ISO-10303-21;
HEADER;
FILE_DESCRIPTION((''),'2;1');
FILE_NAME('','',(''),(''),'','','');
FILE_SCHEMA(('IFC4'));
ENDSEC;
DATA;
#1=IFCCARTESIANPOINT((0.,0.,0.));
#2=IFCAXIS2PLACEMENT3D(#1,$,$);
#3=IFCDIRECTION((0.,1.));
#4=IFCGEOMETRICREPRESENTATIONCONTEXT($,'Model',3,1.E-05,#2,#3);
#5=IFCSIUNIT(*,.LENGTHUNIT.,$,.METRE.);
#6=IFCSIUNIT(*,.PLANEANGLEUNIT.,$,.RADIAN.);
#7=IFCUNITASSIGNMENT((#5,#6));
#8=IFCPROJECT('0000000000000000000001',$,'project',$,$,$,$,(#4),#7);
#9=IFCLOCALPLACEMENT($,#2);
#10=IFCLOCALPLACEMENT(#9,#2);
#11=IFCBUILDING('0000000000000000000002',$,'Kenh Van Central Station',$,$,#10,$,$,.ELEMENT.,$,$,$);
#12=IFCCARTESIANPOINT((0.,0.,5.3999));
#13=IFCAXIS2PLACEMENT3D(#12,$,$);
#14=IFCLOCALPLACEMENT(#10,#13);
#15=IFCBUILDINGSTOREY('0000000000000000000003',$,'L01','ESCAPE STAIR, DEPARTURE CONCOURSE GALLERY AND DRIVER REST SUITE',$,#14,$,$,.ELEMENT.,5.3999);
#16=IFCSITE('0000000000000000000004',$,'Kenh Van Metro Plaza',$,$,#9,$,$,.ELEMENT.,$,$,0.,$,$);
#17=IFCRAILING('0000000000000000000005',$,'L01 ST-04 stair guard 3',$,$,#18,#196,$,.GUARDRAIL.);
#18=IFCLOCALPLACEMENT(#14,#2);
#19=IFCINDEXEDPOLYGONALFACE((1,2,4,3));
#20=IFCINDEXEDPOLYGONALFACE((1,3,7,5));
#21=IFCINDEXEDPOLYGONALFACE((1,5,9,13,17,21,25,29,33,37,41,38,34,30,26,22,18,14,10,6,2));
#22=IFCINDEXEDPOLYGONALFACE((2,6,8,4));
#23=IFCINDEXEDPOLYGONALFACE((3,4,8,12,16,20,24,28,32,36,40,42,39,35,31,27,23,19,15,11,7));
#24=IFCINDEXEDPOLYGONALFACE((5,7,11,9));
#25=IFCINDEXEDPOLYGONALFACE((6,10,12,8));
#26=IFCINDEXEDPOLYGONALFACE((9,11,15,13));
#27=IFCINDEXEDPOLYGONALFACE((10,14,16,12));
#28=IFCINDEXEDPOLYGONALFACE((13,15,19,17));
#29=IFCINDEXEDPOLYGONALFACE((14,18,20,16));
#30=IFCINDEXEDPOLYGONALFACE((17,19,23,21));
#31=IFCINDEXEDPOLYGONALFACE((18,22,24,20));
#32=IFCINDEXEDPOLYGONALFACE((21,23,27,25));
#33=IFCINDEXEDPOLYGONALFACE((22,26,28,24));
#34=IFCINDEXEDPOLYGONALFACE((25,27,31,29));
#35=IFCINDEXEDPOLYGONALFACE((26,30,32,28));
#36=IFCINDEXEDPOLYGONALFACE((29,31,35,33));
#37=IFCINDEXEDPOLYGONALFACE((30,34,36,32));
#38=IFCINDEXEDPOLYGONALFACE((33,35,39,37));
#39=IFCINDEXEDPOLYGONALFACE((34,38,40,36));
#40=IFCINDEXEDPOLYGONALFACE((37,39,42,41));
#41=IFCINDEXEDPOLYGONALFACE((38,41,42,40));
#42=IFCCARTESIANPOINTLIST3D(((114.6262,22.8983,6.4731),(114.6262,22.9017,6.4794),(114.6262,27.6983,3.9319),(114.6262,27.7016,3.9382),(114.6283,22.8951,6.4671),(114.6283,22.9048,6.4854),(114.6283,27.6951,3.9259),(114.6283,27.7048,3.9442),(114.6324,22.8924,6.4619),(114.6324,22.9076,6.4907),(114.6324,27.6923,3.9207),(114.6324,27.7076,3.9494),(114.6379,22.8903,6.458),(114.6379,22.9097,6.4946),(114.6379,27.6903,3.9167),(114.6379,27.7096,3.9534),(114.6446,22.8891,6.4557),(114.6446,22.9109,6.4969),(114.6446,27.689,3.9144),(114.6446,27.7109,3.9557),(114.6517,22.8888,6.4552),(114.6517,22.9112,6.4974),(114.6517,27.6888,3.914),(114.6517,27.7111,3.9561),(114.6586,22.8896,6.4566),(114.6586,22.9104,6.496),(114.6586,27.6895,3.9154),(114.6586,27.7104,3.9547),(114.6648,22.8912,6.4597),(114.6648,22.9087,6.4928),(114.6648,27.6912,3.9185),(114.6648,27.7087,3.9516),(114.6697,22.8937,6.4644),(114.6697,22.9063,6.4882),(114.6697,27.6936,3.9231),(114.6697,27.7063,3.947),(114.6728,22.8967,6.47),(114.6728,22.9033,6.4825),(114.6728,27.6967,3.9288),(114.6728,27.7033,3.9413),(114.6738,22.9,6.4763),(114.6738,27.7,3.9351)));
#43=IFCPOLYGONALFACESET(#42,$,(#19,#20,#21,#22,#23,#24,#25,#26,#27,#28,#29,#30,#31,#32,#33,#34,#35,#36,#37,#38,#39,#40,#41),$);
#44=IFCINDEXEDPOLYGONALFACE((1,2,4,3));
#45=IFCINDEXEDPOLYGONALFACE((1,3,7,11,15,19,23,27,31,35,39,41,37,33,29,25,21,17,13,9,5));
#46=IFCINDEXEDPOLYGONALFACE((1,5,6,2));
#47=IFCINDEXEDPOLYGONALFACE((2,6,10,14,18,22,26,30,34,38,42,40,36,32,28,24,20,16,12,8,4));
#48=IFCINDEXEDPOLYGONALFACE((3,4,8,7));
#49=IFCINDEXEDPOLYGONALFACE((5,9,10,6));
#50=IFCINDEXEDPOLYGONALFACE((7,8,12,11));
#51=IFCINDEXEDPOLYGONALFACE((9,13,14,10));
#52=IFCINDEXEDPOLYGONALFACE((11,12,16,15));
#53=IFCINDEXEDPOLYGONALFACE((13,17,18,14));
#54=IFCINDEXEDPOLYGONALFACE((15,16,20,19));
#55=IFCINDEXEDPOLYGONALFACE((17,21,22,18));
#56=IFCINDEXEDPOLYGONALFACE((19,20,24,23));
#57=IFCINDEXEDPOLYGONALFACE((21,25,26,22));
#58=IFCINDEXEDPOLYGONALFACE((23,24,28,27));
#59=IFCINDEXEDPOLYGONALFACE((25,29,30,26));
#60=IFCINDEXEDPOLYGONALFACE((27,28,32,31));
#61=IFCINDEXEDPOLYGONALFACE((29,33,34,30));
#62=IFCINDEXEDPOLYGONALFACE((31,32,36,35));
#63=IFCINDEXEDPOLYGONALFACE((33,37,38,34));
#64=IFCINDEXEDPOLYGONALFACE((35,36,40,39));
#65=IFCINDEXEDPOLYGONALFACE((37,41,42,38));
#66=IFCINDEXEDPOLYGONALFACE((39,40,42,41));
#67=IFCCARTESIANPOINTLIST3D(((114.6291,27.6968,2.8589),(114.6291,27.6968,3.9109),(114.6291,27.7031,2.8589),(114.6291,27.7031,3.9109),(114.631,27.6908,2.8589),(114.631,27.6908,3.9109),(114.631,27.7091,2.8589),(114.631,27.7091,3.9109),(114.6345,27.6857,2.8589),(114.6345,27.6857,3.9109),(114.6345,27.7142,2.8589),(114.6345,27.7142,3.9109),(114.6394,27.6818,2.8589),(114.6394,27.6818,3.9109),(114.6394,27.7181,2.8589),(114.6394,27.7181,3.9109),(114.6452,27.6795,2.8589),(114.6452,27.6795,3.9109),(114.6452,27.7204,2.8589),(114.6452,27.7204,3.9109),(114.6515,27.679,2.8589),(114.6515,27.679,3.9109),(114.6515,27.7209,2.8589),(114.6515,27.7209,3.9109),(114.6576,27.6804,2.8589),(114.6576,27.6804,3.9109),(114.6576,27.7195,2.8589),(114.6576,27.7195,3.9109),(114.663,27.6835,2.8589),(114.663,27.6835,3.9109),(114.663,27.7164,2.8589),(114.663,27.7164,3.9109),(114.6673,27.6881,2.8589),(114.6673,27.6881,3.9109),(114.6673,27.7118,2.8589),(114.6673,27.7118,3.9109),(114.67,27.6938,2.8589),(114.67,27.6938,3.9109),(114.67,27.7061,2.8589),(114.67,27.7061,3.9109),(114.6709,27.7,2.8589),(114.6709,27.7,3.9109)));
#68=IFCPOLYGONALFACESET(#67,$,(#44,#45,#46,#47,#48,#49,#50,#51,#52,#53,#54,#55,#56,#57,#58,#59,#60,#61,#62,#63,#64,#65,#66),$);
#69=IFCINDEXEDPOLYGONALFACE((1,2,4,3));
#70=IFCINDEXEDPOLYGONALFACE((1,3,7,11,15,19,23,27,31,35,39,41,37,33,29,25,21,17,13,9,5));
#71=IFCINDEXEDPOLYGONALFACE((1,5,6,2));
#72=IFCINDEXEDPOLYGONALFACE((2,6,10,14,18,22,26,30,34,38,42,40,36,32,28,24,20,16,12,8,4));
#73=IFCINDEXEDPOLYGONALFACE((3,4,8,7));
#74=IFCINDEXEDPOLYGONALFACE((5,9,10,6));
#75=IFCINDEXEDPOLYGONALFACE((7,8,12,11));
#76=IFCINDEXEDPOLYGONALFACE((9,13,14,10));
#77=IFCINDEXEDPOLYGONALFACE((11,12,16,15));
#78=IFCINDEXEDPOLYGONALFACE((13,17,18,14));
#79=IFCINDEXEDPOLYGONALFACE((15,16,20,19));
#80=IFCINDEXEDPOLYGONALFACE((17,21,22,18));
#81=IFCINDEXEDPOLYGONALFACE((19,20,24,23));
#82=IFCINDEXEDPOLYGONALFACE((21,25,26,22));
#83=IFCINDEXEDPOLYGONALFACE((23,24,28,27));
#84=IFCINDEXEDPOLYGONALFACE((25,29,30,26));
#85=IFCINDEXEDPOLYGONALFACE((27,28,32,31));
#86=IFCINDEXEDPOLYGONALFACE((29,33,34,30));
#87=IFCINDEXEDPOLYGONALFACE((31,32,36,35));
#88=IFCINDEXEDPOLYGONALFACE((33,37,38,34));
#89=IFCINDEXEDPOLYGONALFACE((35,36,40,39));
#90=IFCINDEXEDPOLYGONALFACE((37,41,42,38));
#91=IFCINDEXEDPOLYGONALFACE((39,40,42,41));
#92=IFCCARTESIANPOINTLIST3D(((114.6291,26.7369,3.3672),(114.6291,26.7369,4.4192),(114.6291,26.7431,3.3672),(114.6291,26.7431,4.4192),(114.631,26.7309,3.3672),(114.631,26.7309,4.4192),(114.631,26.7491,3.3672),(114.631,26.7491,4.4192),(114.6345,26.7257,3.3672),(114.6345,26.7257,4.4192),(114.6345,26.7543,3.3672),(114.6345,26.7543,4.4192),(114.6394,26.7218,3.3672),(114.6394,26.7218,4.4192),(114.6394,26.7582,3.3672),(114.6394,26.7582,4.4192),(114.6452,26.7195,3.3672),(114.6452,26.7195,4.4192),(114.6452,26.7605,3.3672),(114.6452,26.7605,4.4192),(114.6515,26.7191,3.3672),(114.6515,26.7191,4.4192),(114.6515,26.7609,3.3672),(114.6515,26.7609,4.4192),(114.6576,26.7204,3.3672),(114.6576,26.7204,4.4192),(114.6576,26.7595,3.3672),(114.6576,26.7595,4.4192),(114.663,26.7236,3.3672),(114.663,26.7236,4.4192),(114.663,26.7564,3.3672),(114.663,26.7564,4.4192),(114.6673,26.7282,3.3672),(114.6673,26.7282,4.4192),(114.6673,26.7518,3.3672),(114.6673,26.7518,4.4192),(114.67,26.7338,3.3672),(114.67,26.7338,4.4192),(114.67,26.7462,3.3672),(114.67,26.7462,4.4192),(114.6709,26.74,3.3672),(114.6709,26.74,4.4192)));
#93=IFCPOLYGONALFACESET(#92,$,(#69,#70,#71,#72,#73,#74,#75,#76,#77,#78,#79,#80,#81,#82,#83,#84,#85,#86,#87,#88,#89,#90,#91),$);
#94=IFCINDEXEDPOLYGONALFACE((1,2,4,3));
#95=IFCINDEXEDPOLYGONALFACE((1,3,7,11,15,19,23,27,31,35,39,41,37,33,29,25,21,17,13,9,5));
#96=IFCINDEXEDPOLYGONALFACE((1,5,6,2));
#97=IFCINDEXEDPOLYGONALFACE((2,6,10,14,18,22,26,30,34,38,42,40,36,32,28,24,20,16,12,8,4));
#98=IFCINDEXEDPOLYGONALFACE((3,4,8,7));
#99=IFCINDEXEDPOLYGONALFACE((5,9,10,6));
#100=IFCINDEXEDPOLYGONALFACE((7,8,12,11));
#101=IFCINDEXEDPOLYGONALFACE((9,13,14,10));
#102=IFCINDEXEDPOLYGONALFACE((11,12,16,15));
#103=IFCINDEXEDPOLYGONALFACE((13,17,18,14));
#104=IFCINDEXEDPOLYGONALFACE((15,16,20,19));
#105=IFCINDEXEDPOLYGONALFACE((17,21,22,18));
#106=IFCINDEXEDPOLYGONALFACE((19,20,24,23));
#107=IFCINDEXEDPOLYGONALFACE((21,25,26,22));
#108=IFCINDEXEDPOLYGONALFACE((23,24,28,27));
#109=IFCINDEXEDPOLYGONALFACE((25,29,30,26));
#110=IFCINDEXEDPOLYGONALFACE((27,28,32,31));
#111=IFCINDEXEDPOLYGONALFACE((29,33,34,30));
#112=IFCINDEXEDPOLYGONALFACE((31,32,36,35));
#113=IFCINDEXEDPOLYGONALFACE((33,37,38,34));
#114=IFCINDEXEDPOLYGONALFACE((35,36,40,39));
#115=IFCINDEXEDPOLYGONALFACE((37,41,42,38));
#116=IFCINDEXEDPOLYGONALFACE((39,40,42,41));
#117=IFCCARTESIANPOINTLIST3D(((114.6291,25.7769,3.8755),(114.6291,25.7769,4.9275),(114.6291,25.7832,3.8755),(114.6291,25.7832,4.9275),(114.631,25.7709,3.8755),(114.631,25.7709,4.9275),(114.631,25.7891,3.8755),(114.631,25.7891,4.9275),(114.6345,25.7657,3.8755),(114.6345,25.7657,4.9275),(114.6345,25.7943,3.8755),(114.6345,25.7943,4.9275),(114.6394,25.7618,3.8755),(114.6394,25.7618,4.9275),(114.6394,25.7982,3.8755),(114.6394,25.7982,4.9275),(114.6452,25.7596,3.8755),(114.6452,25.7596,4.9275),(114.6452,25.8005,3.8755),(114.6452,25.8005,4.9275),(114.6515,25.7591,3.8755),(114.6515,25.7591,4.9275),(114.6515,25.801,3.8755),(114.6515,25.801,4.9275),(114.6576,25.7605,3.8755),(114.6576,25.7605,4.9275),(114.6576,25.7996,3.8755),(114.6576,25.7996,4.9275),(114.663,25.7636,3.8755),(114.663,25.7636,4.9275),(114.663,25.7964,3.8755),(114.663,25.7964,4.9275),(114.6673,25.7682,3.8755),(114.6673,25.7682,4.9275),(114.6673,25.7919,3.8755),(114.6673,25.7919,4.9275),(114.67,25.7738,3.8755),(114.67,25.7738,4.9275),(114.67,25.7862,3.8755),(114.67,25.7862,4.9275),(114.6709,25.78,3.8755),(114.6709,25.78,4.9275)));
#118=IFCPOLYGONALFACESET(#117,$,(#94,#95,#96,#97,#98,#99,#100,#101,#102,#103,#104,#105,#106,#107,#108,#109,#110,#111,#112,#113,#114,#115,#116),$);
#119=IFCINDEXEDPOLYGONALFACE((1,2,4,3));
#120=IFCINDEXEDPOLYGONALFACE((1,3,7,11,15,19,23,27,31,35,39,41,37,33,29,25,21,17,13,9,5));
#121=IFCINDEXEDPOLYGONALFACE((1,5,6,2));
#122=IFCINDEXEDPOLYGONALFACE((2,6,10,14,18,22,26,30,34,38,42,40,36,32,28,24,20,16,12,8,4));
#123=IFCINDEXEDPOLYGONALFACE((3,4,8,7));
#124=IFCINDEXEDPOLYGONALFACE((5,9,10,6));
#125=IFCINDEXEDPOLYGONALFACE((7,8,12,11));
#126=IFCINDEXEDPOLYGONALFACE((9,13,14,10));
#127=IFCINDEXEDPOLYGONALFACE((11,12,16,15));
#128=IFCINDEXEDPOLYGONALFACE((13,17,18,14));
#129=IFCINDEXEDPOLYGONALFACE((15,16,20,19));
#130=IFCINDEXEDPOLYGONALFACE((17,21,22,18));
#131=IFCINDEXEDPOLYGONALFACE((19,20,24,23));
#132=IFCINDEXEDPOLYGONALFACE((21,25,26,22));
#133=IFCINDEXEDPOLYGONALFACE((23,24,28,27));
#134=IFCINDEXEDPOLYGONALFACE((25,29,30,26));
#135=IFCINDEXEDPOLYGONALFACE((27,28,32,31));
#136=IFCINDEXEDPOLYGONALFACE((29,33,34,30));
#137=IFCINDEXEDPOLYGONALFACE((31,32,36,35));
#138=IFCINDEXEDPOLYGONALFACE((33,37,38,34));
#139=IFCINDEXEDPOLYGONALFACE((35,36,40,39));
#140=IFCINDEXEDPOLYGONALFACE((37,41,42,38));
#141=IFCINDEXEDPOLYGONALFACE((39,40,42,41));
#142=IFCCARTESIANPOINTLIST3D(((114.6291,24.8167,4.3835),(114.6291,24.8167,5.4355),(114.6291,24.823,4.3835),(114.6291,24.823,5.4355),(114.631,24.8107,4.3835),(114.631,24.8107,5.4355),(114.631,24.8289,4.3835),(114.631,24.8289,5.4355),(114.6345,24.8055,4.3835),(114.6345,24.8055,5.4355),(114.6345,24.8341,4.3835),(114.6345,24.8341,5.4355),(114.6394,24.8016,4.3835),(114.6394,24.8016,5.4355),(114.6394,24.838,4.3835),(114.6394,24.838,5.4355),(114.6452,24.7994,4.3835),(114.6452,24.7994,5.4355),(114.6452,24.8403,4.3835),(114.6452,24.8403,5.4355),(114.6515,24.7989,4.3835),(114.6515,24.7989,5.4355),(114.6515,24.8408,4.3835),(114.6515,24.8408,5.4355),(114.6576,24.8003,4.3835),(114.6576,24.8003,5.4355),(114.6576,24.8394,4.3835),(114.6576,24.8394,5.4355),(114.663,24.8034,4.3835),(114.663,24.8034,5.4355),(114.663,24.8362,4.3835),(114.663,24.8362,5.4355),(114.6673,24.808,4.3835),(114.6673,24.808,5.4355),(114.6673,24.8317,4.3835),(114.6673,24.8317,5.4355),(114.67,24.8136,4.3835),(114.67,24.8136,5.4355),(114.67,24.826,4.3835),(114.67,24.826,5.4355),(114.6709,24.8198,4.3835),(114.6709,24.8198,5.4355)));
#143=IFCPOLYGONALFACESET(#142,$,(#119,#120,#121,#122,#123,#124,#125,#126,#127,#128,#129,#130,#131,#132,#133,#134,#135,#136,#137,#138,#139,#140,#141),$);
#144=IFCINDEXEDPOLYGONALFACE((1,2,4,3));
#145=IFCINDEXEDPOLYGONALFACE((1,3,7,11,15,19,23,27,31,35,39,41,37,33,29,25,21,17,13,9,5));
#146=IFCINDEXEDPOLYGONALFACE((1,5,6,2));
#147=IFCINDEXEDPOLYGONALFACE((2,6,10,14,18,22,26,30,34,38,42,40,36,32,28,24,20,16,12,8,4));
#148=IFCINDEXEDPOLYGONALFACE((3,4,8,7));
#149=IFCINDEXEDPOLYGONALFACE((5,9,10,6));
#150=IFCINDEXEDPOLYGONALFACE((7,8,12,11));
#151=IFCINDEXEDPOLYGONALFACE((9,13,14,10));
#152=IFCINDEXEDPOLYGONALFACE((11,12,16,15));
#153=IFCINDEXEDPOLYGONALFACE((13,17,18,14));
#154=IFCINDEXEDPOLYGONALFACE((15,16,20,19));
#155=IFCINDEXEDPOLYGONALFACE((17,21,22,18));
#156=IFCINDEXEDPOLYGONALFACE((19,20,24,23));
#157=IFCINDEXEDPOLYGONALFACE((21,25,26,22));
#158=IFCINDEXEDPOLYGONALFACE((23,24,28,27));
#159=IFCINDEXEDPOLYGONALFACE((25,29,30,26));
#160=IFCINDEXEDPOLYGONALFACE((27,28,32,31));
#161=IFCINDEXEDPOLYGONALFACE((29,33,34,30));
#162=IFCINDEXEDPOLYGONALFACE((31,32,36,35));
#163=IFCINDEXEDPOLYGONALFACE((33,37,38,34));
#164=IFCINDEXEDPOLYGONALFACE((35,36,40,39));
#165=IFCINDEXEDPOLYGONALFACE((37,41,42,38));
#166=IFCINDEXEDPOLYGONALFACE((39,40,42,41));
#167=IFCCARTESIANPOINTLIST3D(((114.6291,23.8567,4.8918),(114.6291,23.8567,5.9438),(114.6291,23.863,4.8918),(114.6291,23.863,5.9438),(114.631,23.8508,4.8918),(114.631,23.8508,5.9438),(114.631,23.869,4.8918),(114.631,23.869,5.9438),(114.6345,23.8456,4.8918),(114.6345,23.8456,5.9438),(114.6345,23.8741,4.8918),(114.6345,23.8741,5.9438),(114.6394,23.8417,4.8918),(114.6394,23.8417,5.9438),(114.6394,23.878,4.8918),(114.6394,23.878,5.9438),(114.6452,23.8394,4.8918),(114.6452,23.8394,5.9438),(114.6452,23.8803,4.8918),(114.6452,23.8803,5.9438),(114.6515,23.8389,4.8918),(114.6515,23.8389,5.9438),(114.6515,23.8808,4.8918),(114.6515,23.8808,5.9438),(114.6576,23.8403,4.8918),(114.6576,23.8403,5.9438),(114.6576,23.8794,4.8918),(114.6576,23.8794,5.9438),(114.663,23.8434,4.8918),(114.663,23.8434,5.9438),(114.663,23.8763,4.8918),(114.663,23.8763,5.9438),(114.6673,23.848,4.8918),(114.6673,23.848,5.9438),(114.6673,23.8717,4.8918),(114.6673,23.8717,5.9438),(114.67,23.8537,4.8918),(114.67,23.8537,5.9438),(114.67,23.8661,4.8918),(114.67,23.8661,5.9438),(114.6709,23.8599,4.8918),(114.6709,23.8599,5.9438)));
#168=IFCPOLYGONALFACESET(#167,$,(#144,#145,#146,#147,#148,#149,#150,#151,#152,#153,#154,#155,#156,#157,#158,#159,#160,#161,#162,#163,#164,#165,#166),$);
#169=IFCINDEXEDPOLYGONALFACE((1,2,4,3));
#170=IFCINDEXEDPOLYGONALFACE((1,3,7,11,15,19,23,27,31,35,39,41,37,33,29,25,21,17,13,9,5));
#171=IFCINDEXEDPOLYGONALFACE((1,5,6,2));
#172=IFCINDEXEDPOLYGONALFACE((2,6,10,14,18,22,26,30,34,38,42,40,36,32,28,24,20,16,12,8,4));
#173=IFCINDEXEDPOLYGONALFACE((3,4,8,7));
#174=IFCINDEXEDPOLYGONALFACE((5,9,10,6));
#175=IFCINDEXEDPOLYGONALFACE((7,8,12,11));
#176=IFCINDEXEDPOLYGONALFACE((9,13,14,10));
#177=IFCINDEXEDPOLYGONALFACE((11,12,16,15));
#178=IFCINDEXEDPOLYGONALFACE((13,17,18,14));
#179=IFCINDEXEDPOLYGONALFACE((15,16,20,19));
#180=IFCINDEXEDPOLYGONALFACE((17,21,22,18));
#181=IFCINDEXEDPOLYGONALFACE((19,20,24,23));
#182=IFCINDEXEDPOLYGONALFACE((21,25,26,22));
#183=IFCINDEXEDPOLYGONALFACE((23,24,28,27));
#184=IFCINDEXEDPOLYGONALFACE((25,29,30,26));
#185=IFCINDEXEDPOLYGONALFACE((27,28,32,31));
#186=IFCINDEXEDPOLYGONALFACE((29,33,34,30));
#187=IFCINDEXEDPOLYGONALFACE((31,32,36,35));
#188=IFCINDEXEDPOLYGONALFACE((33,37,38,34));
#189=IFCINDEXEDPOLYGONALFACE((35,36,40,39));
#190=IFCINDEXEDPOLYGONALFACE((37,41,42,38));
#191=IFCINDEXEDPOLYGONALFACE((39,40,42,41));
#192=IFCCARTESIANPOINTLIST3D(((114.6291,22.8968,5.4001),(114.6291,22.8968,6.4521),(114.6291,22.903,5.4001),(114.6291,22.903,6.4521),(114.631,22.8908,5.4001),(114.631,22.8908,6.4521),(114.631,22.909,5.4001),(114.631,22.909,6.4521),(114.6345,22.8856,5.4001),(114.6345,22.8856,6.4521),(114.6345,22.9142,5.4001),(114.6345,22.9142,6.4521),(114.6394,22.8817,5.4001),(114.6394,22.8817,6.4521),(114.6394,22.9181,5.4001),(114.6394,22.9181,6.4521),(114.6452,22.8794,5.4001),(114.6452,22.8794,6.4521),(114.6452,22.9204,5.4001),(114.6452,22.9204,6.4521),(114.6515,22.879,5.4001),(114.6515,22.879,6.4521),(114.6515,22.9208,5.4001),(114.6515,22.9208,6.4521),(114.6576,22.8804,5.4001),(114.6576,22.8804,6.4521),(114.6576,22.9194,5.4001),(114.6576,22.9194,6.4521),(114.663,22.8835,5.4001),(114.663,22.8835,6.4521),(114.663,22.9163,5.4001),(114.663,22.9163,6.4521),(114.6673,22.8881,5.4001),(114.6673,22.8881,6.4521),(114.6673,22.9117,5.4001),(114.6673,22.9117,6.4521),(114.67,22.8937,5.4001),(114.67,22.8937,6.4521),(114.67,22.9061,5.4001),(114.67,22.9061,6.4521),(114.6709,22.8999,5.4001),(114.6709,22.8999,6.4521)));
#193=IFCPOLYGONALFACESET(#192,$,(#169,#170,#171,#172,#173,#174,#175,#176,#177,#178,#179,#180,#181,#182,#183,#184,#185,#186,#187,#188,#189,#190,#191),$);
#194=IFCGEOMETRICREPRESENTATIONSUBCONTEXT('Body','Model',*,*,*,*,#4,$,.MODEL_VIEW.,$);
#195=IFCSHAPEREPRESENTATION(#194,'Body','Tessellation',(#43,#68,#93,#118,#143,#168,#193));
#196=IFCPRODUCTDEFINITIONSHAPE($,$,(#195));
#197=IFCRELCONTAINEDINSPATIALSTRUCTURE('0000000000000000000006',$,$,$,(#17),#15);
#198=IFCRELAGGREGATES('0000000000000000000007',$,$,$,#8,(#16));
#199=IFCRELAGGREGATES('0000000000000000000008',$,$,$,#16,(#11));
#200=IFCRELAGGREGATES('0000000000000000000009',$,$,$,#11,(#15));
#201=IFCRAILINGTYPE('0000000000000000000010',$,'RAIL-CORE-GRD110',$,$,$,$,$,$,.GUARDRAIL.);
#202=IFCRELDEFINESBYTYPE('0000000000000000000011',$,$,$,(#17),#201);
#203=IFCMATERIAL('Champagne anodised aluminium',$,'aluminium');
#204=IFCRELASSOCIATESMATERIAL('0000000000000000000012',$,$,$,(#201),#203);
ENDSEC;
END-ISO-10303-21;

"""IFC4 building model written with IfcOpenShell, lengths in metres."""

from ifc_helpers import new_model, si_unit, direction, frame, origin, origin_2d, place, context, subcontext, project, spatial, circle, extrude, material, type_object, element, save


model = new_model("IFC4")

# Units and contexts
model_context = context("Model", 3, precision=1e-05, world=origin(), true_north=direction((0.0, 1.0)))
body_context = subcontext(model_context, "Body", "Model", "MODEL_VIEW")
ifc_project = project(units=[si_unit("LENGTHUNIT", "METRE"), si_unit("PLANEANGLEUNIT", "RADIAN")], contexts=[model_context])

# Site, building, storey
site_placement = place(None, origin())
site = spatial("IfcSite", under=ifc_project, at=site_placement, Name="Kenh Van Metro Plaza", CompositionType="ELEMENT", RefElevation=0.0)
building_placement = place(site_placement, origin())
building = spatial("IfcBuilding", under=site, at=building_placement, Name="Kenh Van Central Station", CompositionType="ELEMENT")
storey_placement = place(building_placement, frame((0.0, 0.0, 5.3999)))
storey = spatial("IfcBuildingStorey", under=building, at=storey_placement, Name="L01", Description="ESCAPE STAIR, DEPARTURE CONCOURSE GALLERY AND DRIVER REST SUITE", CompositionType="ELEMENT", Elevation=5.3999)

# Shared definitions
ifc_material_1 = material(Name="Champagne anodised aluminium", Category="aluminium")

# Railing
railing_type_1 = type_object("IfcRailingType", Name="RAIL-CORE-GRD110", PredefinedType="GUARDRAIL", material=ifc_material_1)
railing_1_placement = place(storey_placement, frame((114.6499, 27.7, 2.8589)))
element("IfcRailing", 1, at=railing_1_placement, inside=storey, type_object=railing_type_1, Name="L01 ST-04 stair guard 3", PredefinedType="GUARDRAIL", context=body_context, shape_type="SweptSolid", body=[
    extrude(circle(Radius=0.0239, at=origin_2d()), frame((0.0, 0.0, 1.0762), z_axis=(0.0, -0.883784, 0.467896), x_axis=(1.0, 0.0, 0.0)), (0.0, 0.0, 1.0), 5.4312),
    extrude(circle(Radius=0.021, at=origin_2d()), origin(), (0.0, 0.0, 1.0), 1.052),
    extrude(circle(Radius=0.021, at=origin_2d()), frame((0.0, -0.96, 0.5083)), (0.0, 0.0, 1.0), 1.052),
    extrude(circle(Radius=0.021, at=origin_2d()), frame((0.0, -1.9199, 1.0166)), (0.0, 0.0, 1.0), 1.052),
    extrude(circle(Radius=0.021, at=origin_2d()), frame((0.0, -2.8801, 1.5247)), (0.0, 0.0, 1.0), 1.052),
    extrude(circle(Radius=0.021, at=origin_2d()), frame((0.0, -3.8401, 2.033)), (0.0, 0.0, 1.0), 1.052),
    extrude(circle(Radius=0.021, at=origin_2d()), frame((0.0, -4.8, 2.5413)), (0.0, 0.0, 1.0), 1.052),
])

save(model, "model.ifc")
